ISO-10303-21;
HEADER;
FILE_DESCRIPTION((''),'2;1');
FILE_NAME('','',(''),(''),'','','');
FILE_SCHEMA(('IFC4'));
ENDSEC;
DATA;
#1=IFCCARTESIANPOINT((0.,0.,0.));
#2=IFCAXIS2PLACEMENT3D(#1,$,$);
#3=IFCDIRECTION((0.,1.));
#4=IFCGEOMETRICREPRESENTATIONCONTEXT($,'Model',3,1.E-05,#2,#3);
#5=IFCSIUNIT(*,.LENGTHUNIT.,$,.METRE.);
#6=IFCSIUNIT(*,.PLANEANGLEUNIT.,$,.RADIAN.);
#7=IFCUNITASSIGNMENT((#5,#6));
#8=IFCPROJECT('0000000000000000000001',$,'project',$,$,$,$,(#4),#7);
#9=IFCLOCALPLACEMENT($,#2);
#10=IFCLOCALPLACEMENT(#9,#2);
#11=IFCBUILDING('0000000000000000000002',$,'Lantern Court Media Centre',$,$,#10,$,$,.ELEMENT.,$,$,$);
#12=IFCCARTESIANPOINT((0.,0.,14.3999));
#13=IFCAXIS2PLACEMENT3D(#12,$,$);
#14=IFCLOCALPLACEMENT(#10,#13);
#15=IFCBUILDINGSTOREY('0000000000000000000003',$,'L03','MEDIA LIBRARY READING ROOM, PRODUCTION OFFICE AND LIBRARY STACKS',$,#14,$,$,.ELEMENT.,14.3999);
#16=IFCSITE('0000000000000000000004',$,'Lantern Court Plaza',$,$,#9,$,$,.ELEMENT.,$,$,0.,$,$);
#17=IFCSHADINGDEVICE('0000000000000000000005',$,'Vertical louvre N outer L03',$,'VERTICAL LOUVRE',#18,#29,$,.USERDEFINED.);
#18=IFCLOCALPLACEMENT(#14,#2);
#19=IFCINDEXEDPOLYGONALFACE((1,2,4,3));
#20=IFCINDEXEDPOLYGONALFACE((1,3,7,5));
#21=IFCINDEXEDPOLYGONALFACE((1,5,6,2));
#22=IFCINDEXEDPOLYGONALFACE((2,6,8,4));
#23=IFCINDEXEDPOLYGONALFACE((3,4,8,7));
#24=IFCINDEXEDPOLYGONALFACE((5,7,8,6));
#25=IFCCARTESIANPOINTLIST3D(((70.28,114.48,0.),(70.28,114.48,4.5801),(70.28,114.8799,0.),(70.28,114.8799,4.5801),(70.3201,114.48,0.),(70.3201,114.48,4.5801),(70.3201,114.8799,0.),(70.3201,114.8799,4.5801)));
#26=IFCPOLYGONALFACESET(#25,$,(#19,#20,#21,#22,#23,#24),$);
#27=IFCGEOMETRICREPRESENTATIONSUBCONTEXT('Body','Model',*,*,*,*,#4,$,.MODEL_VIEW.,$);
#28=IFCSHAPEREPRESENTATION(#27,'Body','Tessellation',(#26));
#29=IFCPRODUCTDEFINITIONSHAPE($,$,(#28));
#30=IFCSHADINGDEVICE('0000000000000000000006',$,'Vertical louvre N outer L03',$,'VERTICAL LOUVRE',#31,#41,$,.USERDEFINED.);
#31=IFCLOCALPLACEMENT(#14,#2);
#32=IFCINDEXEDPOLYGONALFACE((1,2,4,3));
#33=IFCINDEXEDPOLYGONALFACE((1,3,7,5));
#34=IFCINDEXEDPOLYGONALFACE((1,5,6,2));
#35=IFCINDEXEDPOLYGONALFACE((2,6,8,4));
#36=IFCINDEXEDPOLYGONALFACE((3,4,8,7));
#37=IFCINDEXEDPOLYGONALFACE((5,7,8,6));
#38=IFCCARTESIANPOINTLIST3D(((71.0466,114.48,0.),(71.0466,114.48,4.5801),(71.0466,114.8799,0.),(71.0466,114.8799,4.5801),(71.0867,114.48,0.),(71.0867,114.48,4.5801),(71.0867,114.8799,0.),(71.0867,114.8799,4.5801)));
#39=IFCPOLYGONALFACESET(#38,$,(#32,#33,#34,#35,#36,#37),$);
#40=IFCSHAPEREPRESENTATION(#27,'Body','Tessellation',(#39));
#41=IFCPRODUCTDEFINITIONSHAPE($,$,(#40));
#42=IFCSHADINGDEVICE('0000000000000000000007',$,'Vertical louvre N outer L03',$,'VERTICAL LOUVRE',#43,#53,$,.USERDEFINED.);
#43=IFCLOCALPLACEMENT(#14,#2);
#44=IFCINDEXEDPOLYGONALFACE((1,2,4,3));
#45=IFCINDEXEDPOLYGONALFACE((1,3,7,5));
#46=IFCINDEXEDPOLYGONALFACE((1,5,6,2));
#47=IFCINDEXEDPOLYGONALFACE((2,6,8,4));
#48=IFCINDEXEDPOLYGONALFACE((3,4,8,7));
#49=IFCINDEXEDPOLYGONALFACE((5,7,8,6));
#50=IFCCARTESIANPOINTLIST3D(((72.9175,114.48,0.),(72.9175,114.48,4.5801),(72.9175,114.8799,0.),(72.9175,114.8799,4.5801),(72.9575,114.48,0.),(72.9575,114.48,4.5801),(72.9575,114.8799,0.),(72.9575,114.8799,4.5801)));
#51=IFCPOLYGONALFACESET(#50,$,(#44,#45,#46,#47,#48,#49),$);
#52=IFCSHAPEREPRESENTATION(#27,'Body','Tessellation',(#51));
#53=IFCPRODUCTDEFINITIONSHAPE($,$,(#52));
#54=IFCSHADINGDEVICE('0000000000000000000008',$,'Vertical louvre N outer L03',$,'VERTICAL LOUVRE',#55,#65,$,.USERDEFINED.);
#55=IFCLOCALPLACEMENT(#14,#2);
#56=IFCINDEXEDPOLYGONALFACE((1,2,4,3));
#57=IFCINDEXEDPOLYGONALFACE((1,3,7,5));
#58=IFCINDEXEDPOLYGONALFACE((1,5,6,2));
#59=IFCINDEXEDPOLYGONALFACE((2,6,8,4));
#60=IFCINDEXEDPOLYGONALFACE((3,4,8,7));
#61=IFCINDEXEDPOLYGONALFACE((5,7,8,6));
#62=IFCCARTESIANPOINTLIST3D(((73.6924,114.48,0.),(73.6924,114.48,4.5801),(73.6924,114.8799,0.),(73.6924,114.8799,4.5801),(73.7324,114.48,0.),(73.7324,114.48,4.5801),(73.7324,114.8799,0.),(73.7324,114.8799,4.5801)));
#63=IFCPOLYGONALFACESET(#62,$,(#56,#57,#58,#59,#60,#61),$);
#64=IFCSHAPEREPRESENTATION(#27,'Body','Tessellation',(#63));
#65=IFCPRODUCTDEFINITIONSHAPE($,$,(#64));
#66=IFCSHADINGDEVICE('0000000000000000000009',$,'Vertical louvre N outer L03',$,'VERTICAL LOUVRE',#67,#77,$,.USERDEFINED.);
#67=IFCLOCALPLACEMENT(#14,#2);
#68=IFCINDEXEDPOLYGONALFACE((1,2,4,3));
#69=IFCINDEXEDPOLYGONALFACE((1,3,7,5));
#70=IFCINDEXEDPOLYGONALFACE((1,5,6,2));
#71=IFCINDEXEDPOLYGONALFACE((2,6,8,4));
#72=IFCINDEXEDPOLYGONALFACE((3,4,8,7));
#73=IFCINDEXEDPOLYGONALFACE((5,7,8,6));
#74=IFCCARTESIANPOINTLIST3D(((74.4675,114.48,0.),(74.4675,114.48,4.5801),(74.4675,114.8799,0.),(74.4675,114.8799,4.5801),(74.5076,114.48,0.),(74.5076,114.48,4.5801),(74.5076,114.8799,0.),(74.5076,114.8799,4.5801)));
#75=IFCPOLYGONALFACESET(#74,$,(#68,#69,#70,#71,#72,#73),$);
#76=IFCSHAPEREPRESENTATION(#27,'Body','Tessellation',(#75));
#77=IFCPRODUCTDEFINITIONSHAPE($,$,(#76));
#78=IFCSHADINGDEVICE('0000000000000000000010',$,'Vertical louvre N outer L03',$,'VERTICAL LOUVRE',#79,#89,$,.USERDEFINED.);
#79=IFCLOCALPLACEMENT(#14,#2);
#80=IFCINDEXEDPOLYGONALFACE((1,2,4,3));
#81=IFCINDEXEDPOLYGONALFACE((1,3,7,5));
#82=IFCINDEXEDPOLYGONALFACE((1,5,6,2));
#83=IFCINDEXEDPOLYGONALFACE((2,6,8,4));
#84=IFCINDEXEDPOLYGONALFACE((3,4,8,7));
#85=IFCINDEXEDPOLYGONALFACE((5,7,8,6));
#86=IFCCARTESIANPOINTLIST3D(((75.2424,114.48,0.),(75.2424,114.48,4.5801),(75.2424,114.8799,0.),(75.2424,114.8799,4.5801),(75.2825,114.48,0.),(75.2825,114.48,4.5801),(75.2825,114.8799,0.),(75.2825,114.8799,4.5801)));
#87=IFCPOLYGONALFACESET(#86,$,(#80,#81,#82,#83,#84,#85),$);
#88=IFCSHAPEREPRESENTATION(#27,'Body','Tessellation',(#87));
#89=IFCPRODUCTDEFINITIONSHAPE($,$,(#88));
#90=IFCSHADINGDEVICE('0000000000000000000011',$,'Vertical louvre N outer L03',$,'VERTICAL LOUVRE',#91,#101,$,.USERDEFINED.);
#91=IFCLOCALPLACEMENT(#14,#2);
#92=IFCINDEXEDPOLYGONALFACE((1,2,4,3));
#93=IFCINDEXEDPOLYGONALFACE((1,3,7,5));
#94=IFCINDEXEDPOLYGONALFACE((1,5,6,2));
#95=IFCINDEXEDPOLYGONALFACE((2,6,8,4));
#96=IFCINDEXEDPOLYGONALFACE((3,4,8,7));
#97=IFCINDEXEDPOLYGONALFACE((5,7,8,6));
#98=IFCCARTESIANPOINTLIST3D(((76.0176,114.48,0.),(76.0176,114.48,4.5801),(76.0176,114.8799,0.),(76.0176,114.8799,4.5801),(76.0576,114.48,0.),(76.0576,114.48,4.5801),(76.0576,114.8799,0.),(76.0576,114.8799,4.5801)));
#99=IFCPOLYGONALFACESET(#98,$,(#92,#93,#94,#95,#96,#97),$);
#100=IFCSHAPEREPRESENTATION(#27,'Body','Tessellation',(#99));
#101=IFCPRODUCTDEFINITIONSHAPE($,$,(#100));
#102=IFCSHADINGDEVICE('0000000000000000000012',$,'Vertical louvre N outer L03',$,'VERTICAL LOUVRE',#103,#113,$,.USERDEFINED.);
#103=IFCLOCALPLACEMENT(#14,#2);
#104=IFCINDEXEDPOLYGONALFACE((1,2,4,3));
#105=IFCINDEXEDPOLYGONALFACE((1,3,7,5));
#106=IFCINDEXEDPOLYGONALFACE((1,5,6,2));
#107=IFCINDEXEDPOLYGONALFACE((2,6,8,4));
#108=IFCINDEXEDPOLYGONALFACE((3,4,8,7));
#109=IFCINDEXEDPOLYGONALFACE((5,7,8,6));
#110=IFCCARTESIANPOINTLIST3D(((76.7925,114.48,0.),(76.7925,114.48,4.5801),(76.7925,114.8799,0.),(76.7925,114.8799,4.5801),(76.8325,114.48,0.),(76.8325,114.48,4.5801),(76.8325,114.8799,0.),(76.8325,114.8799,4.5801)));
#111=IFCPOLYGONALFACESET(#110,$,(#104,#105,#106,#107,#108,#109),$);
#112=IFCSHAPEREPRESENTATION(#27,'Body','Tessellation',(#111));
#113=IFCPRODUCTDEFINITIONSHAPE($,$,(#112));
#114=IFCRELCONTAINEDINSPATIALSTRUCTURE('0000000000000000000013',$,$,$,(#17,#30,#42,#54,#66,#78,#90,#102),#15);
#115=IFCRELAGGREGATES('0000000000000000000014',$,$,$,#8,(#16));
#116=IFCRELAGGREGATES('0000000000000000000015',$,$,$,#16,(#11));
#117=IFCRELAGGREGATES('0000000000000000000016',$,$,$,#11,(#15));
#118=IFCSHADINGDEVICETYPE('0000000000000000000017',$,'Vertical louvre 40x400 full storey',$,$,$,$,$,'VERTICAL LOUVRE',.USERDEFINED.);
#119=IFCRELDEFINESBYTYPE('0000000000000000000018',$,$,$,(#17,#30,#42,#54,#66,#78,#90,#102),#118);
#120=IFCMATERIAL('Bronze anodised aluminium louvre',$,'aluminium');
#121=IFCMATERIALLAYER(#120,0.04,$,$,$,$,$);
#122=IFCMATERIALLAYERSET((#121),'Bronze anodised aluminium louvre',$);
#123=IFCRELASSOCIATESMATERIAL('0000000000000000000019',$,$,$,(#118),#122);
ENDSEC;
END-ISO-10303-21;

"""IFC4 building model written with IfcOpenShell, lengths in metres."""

from ifc_helpers import new_model, si_unit, direction, frame, origin, origin_2d, place, context, subcontext, project, spatial, rectangle, extrude, material, layer, layer_set, type_object, element, save


model = new_model("IFC4")

# Units and contexts
model_context = context("Model", 3, precision=1e-05, world=origin(), true_north=direction((0.0, 1.0)))
body_context = subcontext(model_context, "Body", "Model", "MODEL_VIEW")
ifc_project = project(units=[si_unit("LENGTHUNIT", "METRE"), si_unit("PLANEANGLEUNIT", "RADIAN")], contexts=[model_context])

# Site, building, storey
site_placement = place(None, origin())
site = spatial("IfcSite", under=ifc_project, at=site_placement, Name="Lantern Court Plaza", CompositionType="ELEMENT", RefElevation=0.0)
building_placement = place(site_placement, origin())
building = spatial("IfcBuilding", under=site, at=building_placement, Name="Lantern Court Media Centre", CompositionType="ELEMENT")
storey_placement = place(building_placement, frame((0.0, 0.0, 14.3999)))
storey = spatial("IfcBuildingStorey", under=building, at=storey_placement, Name="L03", Description="MEDIA LIBRARY READING ROOM, PRODUCTION OFFICE AND LIBRARY STACKS", CompositionType="ELEMENT", Elevation=14.3999)

# Shading devices
ifc_material_1 = material(Name="Bronze anodised aluminium louvre", Category="aluminium")
ifc_layer_1 = layer(ifc_material_1, 0.04)
ifc_layer_set_1 = layer_set([ifc_layer_1], Name="Bronze anodised aluminium louvre")
shading_device_type = type_object("IfcShadingDeviceType", Name="Vertical louvre 40x400 full storey", ElementType="VERTICAL LOUVRE", PredefinedType="USERDEFINED", material=ifc_layer_set_1)
for number, where, z_axis, x_axis, name in (
    (1, (70.3, 114.6799, 0.0), (0.0, 0.0, 1.0), (1.0, 0.0, 0.0), "Vertical louvre N outer L03"),
    (2, (71.0667, 114.6799, 0.0), (0.0, 0.0, 1.0), (1.0, 0.0, 0.0), "Vertical louvre N outer L03"),
    (3, (72.9375, 114.6799, 0.0), (0.0, 0.0, 1.0), (1.0, 0.0, 0.0), "Vertical louvre N outer L03"),
    (4, (73.7124, 114.6799, 0.0), (0.0, 0.0, 1.0), (1.0, 0.0, 0.0), "Vertical louvre N outer L03"),
    (5, (74.4875, 114.6799, 0.0), (0.0, 0.0, 1.0), (1.0, 0.0, 0.0), "Vertical louvre N outer L03"),
    (6, (75.2625, 114.6799, 0.0), (0.0, 0.0, 1.0), (1.0, 0.0, 0.0), "Vertical louvre N outer L03"),
    (7, (76.0376, 114.6799, 0.0), (0.0, 0.0, 1.0), (1.0, 0.0, 0.0), "Vertical louvre N outer L03"),
    (8, (76.8125, 114.6799, 0.0), (0.0, 0.0, 1.0), (1.0, 0.0, 0.0), "Vertical louvre N outer L03"),
):
    element("IfcShadingDevice", number, at=place(storey_placement, frame(where, z_axis=z_axis, x_axis=x_axis)), inside=storey, type_object=shading_device_type, Name=name, ObjectType="VERTICAL LOUVRE", PredefinedType="USERDEFINED", context=body_context, shape_type="SweptSolid", body=[
        extrude(rectangle(XDim=0.04, YDim=0.3999, at=origin_2d()), origin(), (0.0, 0.0, 1.0), 4.5801),
    ])

save(model, "model.ifc")
